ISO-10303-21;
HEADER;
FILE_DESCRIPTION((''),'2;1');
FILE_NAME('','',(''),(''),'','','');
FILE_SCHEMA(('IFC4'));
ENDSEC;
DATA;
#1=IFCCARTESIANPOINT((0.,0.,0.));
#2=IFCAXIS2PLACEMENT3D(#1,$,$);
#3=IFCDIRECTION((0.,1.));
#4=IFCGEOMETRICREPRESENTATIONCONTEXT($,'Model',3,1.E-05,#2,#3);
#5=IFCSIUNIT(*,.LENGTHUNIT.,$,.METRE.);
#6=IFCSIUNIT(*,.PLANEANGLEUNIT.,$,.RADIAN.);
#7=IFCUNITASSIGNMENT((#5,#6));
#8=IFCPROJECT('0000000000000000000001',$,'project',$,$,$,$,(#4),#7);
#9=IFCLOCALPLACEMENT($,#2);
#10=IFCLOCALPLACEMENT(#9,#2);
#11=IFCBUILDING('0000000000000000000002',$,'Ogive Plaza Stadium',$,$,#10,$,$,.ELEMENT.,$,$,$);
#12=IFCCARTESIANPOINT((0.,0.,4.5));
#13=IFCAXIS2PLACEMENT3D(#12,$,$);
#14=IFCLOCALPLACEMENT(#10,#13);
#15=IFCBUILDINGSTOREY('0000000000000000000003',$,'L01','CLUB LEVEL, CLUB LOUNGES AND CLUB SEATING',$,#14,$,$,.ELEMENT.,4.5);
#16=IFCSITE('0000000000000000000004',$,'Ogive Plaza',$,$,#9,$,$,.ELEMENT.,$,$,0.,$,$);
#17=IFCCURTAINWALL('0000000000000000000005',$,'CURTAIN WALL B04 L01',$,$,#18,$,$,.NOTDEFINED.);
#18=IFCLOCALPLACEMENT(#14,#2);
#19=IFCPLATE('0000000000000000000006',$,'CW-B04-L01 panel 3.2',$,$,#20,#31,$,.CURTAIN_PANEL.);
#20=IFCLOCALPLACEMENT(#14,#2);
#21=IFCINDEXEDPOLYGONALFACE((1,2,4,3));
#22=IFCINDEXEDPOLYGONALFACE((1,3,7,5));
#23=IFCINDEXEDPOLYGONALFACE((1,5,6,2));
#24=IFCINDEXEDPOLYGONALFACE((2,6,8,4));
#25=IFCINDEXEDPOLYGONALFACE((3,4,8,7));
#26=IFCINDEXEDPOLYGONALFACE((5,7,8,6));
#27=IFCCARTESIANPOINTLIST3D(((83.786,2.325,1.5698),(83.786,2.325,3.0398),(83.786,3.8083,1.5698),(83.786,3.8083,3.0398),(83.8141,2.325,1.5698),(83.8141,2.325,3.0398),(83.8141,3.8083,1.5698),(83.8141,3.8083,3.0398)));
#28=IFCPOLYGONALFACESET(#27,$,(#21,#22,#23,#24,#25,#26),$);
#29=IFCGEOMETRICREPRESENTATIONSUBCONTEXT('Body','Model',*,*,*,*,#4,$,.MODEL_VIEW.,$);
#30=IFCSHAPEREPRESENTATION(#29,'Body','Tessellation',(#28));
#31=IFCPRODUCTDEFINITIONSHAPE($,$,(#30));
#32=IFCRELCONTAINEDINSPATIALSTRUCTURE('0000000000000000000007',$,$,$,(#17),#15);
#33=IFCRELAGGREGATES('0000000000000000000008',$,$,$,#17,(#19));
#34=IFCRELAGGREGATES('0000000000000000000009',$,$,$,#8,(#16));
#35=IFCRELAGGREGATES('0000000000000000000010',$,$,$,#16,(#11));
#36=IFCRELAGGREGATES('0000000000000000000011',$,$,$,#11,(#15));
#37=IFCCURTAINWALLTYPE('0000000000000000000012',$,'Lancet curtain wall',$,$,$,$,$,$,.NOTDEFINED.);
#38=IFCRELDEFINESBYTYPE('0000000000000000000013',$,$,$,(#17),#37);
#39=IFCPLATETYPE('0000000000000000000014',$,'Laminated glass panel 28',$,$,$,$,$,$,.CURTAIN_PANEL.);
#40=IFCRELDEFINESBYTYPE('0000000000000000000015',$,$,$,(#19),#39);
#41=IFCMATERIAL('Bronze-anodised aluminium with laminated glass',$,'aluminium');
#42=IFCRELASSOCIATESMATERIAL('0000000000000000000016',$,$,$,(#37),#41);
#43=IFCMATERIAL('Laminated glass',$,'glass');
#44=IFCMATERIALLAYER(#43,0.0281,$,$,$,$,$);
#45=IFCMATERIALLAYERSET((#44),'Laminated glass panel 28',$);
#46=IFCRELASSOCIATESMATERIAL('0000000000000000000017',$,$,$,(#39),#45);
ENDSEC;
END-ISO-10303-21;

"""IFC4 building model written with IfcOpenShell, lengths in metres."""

from ifc_helpers import new_model, si_unit, direction, frame, origin, origin_2d, place, context, subcontext, project, spatial, rectangle, extrude, material, layer, layer_set, type_object, element, aggregate, save


model = new_model("IFC4")

# Units and contexts
model_context = context("Model", 3, precision=1e-05, world=origin(), true_north=direction((0.0, 1.0)))
body_context = subcontext(model_context, "Body", "Model", "MODEL_VIEW")
ifc_project = project(units=[si_unit("LENGTHUNIT", "METRE"), si_unit("PLANEANGLEUNIT", "RADIAN")], contexts=[model_context])

# Site, building, storey
site_placement = place(None, origin())
site = spatial("IfcSite", under=ifc_project, at=site_placement, Name="Ogive Plaza", CompositionType="ELEMENT", RefElevation=0.0)
building_placement = place(site_placement, origin())
building = spatial("IfcBuilding", under=site, at=building_placement, Name="Ogive Plaza Stadium", CompositionType="ELEMENT")
storey_placement = place(building_placement, frame((0.0, 0.0, 4.5)))
storey = spatial("IfcBuildingStorey", under=building, at=storey_placement, Name="L01", Description="CLUB LEVEL, CLUB LOUNGES AND CLUB SEATING", CompositionType="ELEMENT", Elevation=4.5)

# Curtain wall
ifc_material_1 = material(Name="Bronze-anodised aluminium with laminated glass", Category="aluminium")
curtain_wall_type = type_object("IfcCurtainWallType", Name="Lancet curtain wall", PredefinedType="NOTDEFINED", material=ifc_material_1)
curtain_wall_1_placement = place(storey_placement, origin())
curtain_wall_1 = element("IfcCurtainWall", 1, at=curtain_wall_1_placement, inside=storey, type_object=curtain_wall_type, Name="CURTAIN WALL B04 L01", PredefinedType="NOTDEFINED")

# Plate
ifc_material_2 = material(Name="Laminated glass", Category="glass")
ifc_layer = layer(ifc_material_2, 0.0281)
ifc_layer_set = layer_set([ifc_layer], Name="Laminated glass panel 28")
plate_type = type_object("IfcPlateType", Name="Laminated glass panel 28", PredefinedType="CURTAIN_PANEL", material=ifc_layer_set)
plate_1_placement = place(storey_placement, frame((83.8, 3.0667, 1.5698), z_axis=(0.0, 0.0, 1.0), x_axis=(0.0, -1.0, 0.0)))
plate_1 = element("IfcPlate", 2, at=plate_1_placement, type_object=plate_type, Name="CW-B04-L01 panel 3.2", PredefinedType="CURTAIN_PANEL", context=body_context, shape_type="SweptSolid", body=[
    extrude(rectangle(XDim=1.4834, YDim=0.0281, at=origin_2d()), origin(), (0.0, 0.0, 1.0), 1.47),
])
aggregate(curtain_wall_1, [plate_1])

save(model, "model.ifc")
